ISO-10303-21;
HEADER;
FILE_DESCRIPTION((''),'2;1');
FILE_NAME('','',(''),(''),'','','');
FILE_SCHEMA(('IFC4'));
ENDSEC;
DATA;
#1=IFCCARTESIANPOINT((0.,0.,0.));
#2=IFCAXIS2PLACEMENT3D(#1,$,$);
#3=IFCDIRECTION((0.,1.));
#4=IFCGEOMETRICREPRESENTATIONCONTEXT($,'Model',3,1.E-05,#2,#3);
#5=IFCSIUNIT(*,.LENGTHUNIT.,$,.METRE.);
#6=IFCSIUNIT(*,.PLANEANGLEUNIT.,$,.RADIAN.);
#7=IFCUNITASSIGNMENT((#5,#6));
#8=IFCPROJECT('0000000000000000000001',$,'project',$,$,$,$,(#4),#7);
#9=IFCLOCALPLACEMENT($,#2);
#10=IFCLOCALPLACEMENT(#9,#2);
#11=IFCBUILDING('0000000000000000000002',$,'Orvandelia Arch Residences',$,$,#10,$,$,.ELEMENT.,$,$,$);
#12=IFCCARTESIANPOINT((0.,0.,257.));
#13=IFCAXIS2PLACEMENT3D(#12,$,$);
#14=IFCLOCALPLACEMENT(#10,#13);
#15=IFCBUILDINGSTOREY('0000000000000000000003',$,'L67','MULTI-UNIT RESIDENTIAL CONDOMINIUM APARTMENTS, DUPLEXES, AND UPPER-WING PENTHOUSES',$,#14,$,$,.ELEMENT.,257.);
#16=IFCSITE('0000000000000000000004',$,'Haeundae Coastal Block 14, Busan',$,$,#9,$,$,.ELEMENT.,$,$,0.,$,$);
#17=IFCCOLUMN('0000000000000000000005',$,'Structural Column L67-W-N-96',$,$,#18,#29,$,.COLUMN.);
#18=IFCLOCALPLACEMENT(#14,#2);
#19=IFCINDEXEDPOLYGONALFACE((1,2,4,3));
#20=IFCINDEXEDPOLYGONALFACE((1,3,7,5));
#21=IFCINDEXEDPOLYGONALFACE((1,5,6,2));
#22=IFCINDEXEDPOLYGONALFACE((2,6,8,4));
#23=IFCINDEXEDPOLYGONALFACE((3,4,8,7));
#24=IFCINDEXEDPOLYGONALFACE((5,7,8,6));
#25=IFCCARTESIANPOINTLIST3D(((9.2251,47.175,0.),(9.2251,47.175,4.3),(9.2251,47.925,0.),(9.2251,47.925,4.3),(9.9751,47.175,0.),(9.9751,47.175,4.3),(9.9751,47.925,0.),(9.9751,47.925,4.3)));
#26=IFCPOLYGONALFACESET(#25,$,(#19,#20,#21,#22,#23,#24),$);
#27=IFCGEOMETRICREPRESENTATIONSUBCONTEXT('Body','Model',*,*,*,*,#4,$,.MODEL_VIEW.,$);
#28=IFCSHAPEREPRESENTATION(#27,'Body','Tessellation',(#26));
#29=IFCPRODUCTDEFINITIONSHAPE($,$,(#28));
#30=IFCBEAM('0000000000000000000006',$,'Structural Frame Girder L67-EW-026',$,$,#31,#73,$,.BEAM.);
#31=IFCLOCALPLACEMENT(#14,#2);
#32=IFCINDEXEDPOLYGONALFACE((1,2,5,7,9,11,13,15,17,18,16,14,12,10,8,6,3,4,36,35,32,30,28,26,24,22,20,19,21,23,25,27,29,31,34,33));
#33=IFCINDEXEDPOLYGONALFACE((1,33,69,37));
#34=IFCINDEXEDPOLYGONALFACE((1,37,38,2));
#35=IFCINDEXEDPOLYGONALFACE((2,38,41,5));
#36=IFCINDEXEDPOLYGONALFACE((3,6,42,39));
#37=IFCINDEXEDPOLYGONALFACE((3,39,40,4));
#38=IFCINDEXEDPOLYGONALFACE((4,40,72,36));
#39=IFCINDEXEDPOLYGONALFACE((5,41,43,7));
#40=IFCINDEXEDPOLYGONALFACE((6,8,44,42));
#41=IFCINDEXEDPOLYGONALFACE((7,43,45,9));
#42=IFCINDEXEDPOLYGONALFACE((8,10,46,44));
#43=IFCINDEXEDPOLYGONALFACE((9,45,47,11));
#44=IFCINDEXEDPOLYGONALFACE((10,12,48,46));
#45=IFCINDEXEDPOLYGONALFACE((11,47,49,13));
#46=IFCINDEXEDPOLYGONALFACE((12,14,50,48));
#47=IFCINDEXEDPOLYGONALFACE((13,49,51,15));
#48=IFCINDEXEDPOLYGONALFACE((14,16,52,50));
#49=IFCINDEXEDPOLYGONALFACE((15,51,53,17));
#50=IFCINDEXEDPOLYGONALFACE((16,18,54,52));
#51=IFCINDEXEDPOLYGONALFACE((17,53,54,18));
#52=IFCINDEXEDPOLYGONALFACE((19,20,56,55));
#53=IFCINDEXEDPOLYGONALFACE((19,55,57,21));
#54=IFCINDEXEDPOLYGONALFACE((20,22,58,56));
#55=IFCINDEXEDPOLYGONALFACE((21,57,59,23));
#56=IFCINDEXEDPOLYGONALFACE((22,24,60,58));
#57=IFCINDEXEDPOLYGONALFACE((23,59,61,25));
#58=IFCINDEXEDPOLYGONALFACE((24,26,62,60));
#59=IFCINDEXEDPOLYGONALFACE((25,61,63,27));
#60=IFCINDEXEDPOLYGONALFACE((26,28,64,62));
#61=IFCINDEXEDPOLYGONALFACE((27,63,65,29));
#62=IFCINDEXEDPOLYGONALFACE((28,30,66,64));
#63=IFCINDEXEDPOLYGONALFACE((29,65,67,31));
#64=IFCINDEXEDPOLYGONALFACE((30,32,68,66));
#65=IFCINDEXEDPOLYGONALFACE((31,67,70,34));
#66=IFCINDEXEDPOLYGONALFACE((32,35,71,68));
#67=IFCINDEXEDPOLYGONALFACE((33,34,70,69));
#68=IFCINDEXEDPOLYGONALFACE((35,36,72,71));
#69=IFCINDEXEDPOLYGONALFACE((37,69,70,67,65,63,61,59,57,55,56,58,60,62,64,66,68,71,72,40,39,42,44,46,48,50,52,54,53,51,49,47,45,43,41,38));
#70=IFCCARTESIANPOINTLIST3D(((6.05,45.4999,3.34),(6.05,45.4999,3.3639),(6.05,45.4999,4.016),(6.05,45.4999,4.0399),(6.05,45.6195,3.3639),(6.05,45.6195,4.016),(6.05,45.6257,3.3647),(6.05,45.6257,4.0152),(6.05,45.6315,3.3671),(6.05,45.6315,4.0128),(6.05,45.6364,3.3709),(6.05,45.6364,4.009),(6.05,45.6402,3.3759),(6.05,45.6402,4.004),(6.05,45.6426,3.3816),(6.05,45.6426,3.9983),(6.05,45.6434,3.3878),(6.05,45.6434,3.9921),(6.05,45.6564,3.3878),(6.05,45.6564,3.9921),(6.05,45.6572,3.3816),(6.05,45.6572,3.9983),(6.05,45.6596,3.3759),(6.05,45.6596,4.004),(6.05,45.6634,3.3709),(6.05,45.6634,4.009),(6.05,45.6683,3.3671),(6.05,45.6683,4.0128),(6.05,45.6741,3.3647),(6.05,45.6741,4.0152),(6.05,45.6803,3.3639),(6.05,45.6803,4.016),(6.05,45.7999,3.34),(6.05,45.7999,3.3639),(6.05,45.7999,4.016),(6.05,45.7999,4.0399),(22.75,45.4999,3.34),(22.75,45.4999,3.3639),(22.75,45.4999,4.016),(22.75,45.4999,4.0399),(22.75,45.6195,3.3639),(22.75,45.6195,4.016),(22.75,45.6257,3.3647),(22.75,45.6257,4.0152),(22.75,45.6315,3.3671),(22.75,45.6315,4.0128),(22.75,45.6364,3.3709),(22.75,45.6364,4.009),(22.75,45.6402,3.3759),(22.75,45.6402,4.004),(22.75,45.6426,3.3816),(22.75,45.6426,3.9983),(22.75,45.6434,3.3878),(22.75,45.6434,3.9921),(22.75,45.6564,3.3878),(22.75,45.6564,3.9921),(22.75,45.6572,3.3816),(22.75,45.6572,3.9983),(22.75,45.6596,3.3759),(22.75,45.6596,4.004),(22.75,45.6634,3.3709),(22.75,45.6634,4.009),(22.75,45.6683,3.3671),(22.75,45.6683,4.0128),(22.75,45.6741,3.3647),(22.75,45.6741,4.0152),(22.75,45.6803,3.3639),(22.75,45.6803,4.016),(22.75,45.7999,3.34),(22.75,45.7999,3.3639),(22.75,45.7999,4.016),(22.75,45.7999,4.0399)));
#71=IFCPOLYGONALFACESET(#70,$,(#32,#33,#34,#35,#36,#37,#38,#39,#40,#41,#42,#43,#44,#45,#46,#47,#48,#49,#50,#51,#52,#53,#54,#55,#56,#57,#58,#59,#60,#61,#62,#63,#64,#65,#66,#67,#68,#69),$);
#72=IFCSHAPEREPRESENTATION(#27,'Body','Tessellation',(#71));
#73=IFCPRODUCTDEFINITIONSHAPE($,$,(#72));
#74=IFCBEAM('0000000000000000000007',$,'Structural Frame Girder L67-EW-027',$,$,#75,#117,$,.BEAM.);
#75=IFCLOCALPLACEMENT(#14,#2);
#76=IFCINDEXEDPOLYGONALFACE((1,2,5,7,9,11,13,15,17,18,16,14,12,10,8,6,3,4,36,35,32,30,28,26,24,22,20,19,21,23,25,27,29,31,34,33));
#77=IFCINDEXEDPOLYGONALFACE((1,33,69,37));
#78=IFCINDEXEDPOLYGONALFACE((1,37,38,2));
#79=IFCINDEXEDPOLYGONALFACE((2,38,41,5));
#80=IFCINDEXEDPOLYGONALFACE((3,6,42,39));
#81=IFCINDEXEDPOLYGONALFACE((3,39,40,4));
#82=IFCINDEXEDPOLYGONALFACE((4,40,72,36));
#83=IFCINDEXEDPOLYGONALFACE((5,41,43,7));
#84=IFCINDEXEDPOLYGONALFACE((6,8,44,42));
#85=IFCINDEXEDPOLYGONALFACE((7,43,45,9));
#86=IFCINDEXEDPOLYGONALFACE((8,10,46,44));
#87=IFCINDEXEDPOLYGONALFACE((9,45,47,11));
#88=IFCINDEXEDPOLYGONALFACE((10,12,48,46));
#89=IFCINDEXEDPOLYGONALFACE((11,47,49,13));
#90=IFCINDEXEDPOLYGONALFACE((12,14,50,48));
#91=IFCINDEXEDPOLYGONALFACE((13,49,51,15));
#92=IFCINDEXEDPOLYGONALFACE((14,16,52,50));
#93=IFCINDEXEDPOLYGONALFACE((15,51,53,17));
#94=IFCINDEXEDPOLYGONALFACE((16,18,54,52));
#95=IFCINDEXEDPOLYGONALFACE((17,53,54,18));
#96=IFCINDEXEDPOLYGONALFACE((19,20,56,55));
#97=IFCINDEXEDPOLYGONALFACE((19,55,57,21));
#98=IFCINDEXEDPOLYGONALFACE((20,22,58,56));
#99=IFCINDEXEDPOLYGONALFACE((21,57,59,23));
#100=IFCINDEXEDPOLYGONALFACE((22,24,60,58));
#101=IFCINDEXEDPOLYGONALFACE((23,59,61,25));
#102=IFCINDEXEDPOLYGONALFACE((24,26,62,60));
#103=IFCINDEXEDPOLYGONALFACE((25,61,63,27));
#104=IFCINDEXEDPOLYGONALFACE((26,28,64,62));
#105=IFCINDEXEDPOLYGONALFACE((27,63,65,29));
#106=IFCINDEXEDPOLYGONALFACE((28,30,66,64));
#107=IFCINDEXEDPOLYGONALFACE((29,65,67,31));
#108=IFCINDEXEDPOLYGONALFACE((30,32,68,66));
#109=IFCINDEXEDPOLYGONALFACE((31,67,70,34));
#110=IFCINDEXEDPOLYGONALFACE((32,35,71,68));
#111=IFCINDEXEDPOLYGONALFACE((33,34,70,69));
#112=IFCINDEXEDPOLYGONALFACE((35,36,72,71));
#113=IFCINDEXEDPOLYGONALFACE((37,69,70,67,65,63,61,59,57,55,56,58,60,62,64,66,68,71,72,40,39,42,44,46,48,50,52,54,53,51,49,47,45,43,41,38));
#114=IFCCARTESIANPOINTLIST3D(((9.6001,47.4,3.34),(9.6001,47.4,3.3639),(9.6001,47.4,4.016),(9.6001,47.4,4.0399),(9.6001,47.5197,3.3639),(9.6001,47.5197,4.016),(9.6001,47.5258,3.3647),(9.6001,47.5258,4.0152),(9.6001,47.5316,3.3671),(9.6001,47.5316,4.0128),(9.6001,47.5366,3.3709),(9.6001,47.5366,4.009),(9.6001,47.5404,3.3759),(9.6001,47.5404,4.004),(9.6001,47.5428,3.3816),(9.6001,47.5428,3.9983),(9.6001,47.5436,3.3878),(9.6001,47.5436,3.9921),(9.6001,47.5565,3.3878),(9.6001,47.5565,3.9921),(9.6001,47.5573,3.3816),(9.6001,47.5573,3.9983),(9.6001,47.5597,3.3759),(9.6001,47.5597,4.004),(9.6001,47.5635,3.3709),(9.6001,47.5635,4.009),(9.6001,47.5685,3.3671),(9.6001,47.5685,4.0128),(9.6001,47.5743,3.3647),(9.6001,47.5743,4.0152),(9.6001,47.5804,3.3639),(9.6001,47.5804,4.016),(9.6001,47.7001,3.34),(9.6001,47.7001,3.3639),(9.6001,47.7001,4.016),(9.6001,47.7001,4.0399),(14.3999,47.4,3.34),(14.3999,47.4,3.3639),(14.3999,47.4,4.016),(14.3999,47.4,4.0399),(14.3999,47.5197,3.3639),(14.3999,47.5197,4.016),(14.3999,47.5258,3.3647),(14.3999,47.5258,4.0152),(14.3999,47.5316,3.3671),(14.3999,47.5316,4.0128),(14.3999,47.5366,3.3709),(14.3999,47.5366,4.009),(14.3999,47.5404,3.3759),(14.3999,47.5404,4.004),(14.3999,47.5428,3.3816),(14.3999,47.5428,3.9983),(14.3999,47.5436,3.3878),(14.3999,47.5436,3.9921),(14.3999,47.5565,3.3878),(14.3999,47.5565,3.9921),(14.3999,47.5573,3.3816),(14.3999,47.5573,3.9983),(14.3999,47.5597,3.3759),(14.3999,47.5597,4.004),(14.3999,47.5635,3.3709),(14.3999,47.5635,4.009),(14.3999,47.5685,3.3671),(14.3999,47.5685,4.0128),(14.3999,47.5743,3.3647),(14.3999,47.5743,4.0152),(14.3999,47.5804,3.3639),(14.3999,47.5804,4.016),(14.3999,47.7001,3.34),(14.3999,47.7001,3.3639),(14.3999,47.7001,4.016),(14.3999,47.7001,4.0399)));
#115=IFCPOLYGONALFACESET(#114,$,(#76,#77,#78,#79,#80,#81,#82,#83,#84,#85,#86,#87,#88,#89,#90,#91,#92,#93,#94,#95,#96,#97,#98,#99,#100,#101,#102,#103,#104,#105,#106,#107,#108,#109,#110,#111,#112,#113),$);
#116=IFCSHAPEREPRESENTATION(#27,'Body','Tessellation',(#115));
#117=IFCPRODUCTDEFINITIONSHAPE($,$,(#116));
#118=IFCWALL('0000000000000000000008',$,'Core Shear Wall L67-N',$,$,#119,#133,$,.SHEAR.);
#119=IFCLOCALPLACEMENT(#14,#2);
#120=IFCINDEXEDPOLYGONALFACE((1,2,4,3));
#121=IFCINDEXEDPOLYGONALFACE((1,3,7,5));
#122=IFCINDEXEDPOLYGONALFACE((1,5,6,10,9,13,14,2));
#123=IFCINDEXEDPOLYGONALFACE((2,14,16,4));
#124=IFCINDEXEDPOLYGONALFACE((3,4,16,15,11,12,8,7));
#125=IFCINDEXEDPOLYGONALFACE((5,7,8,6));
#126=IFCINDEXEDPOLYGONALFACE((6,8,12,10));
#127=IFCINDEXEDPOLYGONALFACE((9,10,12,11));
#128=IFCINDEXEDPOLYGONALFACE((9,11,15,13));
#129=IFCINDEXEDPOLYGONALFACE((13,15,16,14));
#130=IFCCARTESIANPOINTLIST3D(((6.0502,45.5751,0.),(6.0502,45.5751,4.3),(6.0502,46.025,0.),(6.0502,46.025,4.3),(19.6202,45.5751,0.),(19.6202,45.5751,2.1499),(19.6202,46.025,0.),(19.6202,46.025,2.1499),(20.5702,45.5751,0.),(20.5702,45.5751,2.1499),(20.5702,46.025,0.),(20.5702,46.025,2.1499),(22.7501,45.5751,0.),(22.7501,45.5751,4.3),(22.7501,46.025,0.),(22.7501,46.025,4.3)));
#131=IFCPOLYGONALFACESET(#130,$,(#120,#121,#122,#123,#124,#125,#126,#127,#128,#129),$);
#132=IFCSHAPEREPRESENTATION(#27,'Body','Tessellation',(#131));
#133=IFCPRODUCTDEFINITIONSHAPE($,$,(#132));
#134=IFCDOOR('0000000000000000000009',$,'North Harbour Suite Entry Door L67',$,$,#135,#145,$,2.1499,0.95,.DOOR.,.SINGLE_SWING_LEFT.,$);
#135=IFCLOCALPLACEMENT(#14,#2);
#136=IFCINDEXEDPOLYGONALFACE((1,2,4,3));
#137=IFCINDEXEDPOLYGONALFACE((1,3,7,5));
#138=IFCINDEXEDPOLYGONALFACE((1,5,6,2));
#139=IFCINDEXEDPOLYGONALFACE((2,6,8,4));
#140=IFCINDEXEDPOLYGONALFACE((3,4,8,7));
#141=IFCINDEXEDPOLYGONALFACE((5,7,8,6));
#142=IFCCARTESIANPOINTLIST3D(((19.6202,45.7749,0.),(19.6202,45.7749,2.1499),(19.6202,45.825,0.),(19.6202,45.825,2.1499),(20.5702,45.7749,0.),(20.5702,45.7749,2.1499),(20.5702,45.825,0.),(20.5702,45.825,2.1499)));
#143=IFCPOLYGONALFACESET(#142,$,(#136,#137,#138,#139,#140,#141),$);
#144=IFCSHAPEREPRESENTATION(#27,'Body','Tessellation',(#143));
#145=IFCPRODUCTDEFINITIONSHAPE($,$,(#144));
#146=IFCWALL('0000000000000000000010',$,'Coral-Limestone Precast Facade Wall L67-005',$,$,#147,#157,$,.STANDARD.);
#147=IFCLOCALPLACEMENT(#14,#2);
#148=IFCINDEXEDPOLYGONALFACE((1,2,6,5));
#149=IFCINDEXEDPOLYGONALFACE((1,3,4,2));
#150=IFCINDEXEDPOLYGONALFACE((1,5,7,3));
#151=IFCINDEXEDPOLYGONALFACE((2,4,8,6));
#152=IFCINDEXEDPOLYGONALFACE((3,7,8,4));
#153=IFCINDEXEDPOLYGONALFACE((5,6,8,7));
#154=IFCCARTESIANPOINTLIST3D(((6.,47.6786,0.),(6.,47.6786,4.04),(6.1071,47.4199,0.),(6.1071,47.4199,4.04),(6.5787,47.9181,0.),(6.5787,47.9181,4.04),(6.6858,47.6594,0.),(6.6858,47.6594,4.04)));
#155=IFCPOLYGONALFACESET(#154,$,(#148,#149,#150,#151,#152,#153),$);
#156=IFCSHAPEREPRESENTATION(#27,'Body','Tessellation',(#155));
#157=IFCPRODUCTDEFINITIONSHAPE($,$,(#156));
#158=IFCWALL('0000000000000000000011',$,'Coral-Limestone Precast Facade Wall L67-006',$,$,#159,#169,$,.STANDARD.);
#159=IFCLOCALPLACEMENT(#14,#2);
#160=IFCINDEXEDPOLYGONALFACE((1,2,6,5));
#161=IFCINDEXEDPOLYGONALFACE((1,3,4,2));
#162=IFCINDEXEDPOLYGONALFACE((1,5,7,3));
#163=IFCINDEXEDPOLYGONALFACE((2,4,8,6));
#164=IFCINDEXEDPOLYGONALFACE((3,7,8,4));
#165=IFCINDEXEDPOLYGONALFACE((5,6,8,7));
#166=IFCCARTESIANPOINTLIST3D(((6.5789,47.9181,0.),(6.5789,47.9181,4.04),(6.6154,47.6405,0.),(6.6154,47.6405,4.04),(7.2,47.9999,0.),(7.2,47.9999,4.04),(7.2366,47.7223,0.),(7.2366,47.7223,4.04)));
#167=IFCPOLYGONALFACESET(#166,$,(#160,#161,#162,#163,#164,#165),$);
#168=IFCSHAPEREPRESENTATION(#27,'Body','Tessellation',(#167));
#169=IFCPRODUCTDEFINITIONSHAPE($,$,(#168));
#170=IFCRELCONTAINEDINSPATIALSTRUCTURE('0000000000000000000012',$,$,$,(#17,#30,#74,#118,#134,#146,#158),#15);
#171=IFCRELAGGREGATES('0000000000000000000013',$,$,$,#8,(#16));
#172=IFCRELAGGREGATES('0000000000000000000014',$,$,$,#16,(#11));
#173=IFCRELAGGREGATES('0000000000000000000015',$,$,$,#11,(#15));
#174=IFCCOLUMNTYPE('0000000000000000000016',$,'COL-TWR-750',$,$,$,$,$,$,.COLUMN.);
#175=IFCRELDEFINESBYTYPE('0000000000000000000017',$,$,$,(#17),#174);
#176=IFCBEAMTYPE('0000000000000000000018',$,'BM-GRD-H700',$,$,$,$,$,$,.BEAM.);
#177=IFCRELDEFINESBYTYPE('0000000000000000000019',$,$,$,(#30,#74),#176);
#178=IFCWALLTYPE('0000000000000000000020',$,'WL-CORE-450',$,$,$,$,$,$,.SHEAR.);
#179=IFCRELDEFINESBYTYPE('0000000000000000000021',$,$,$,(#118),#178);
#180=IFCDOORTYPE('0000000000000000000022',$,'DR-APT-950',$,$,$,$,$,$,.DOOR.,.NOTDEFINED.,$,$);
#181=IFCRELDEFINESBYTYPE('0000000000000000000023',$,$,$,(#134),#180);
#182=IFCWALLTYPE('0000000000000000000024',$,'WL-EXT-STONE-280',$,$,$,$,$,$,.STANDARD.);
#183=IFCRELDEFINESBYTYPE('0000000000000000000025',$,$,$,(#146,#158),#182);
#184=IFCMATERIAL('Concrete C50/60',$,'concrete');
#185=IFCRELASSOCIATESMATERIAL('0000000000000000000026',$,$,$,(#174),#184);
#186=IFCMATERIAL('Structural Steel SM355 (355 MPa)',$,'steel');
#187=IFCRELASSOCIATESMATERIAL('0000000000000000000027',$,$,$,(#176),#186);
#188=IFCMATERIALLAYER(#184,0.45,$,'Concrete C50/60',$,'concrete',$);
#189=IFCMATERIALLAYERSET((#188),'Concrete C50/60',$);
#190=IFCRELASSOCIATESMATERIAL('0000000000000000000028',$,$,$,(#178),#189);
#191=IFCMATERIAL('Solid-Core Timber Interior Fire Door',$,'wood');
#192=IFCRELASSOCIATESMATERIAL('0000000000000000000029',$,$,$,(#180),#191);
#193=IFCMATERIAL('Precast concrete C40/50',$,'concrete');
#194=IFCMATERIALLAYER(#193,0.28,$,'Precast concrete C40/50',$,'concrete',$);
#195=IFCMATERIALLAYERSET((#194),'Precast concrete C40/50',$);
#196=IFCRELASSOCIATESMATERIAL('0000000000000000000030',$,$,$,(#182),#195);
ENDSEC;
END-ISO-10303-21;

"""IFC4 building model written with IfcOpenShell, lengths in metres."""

from ifc_helpers import new_model, si_unit, direction, frame, frame_2d, origin, origin_2d, place, context, subcontext, project, spatial, rectangle, i_section, extrude, material, layer, layer_set, material_profile, profile_set, type_object, element, fill, save


model = new_model("IFC4")

# Units and contexts
model_context = context("Model", 3, precision=1e-05, world=origin(), true_north=direction((0.0, 1.0)))
body_context = subcontext(model_context, "Body", "Model", "MODEL_VIEW")
ifc_project = project(units=[si_unit("LENGTHUNIT", "METRE"), si_unit("PLANEANGLEUNIT", "RADIAN")], contexts=[model_context])

# Site, building, storey
site_placement = place(None, origin())
site = spatial("IfcSite", under=ifc_project, at=site_placement, Name="Haeundae Coastal Block 14, Busan", CompositionType="ELEMENT", RefElevation=0.0)
building_placement = place(site_placement, origin())
building = spatial("IfcBuilding", under=site, at=building_placement, Name="Orvandelia Arch Residences", CompositionType="ELEMENT")
storey_placement = place(building_placement, frame((0.0, 0.0, 257.0)))
storey = spatial("IfcBuildingStorey", under=building, at=storey_placement, Name="L67", Description="MULTI-UNIT RESIDENTIAL CONDOMINIUM APARTMENTS, DUPLEXES, AND UPPER-WING PENTHOUSES", CompositionType="ELEMENT", Elevation=257.0)

# Column
ifc_material_1 = material(Name="Concrete C50/60", Category="concrete")
ifc_material_profile_1 = material_profile(ifc_material_1, rectangle(XDim=0.75, YDim=0.75, at=origin_2d()), Name="Concrete C50/60", Category="concrete")
ifc_profile_set_1 = profile_set([ifc_material_profile_1], Name="Concrete C50/60")
column_type = type_object("IfcColumnType", Name="COL-TWR-750", PredefinedType="COLUMN", material=ifc_profile_set_1)
column_placement = place(storey_placement, frame((9.6001, 47.55, 0.0), z_axis=(0.0, 0.0, 1.0), x_axis=(1.0, 0.0, 0.0)))
element("IfcColumn", 1, at=column_placement, inside=storey, type_object=column_type, Name="Structural Column L67-W-N-96", PredefinedType="COLUMN", context=body_context, shape_type="SweptSolid", body=[
    extrude(rectangle(XDim=0.75, YDim=0.75, at=origin_2d()), origin(), (0.0, 0.0, 1.0), 4.3),
])

# Beams
ifc_material_2 = material(Name="Structural Steel SM355 (355 MPa)", Category="steel")
ifc_material_profile_2 = material_profile(ifc_material_2, i_section(OverallWidth=0.3, OverallDepth=0.7, WebThickness=0.0129, FlangeThickness=0.0239, FilletRadius=0.0239, at=origin_2d()), Name="Structural Steel SM355 (355 MPa)", Category="steel")
ifc_profile_set_2 = profile_set([ifc_material_profile_2], Name="Structural Steel SM355 (355 MPa)")
beam_type = type_object("IfcBeamType", Name="BM-GRD-H700", PredefinedType="BEAM", material=ifc_profile_set_2)
beam_1_placement = place(storey_placement, frame((6.05, 45.6499, 3.6899), z_axis=(1.0, 0.0, 0.0), x_axis=(0.0, 1.0, 0.0)))
element("IfcBeam", 2, at=beam_1_placement, inside=storey, type_object=beam_type, Name="Structural Frame Girder L67-EW-026", PredefinedType="BEAM", context=body_context, shape_type="SweptSolid", body=[
    extrude(i_section(OverallWidth=0.3, OverallDepth=0.7, WebThickness=0.0129, FlangeThickness=0.0239, FilletRadius=0.0239, at=origin_2d()), origin(), (0.0, 0.0, 1.0), 16.7),
])
beam_2_placement = place(storey_placement, frame((9.6001, 47.55, 3.6899), z_axis=(1.0, 0.0, 0.0), x_axis=(0.0, 1.0, 0.0)))
element("IfcBeam", 3, at=beam_2_placement, inside=storey, type_object=beam_type, Name="Structural Frame Girder L67-EW-027", PredefinedType="BEAM", context=body_context, shape_type="SweptSolid", body=[
    extrude(i_section(OverallWidth=0.3, OverallDepth=0.7, WebThickness=0.0129, FlangeThickness=0.0239, FilletRadius=0.0239, at=origin_2d()), origin(), (0.0, 0.0, 1.0), 4.7998),
])

# Wall, opening, door
ifc_layer_1 = layer(ifc_material_1, 0.45, Name="Concrete C50/60", Category="concrete")
ifc_layer_set_1 = layer_set([ifc_layer_1], Name="Concrete C50/60")
wall_type_1 = type_object("IfcWallType", Name="WL-CORE-450", PredefinedType="SHEAR", material=ifc_layer_set_1)
wall_1_placement = place(storey_placement, frame((6.05, 45.8, 0.0), z_axis=(0.0, 0.0, 1.0), x_axis=(1.0, 0.0, 0.0)))
wall_1 = element("IfcWall", 4, at=wall_1_placement, inside=storey, type_object=wall_type_1, Name="Core Shear Wall L67-N", PredefinedType="SHEAR", context=body_context, shape_type="SweptSolid", body=[
    extrude(rectangle(XDim=16.7, YDim=0.45, at=frame_2d((8.3501, 0.0))), origin(), (0.0, 0.0, 1.0), 4.3),
])
opening_1_placement = place(wall_1_placement, frame((13.5701, 0.0, 0.0)))
opening_1 = element("IfcOpeningElement", 5, at=opening_1_placement, cuts=wall_1, PredefinedType="OPENING", context=body_context, shape_type="SweptSolid", body=[
    extrude(rectangle(XDim=0.95, YDim=2.1499, at=frame_2d((0.4751, 1.075))), frame((0.0, 0.2349, 0.0), z_axis=(0.0, -1.0, 0.0), x_axis=(1.0, 0.0, 0.0)), (0.0, 0.0, 1.0), 0.47),
])
ifc_material_3 = material(Name="Solid-Core Timber Interior Fire Door", Category="wood")
door_type_1 = type_object("IfcDoorType", Name="DR-APT-950", OperationType="NOTDEFINED", PredefinedType="DOOR", material=ifc_material_3)
door_1_placement = place(opening_1_placement, origin())
door_1 = element("IfcDoor", 6, at=door_1_placement, inside=storey, type_object=door_type_1, Name="North Harbour Suite Entry Door L67", OperationType="SINGLE_SWING_LEFT", OverallHeight=2.1499, OverallWidth=0.95, PredefinedType="DOOR", context=body_context, shape_type="SweptSolid", body=[
    extrude(rectangle(XDim=0.95, YDim=2.1499, at=frame_2d((0.4751, 1.075))), frame((0.0, 0.0249, 0.0), z_axis=(0.0, -1.0, 0.0), x_axis=(1.0, 0.0, 0.0)), (0.0, 0.0, 1.0), 0.05),
])
fill(opening_1, door_1)

# Walls
ifc_material_4 = material(Name="Precast concrete C40/50", Category="concrete")
ifc_layer_2 = layer(ifc_material_4, 0.28, Name="Precast concrete C40/50", Category="concrete")
ifc_layer_set_2 = layer_set([ifc_layer_2], Name="Precast concrete C40/50")
wall_type_2 = type_object("IfcWallType", Name="WL-EXT-STONE-280", PredefinedType="STANDARD", material=ifc_layer_set_2)
wall_2_placement = place(storey_placement, frame((6.0537, 47.5493, 0.0), z_axis=(0.0, 0.0, 1.0), x_axis=(0.923974, 0.382455, 0.0)))
element("IfcWall", 7, at=wall_2_placement, inside=storey, type_object=wall_type_2, Name="Coral-Limestone Precast Facade Wall L67-005", PredefinedType="STANDARD", context=body_context, shape_type="SweptSolid", body=[
    extrude(rectangle(XDim=0.6262, YDim=0.28, at=frame_2d((0.313, 0.0))), origin(), (0.0, 0.0, 1.0), 4.04),
])
wall_3_placement = place(storey_placement, frame((6.5972, 47.7793, 0.0), z_axis=(0.0, 0.0, 1.0), x_axis=(0.991441, 0.130555, 0.0)))
element("IfcWall", 8, at=wall_3_placement, inside=storey, type_object=wall_type_2, Name="Coral-Limestone Precast Facade Wall L67-006", PredefinedType="STANDARD", context=body_context, shape_type="SweptSolid", body=[
    extrude(rectangle(XDim=0.6265, YDim=0.28, at=frame_2d((0.3132, 0.0))), origin(), (0.0, 0.0, 1.0), 4.04),
])

save(model, "model.ifc")
